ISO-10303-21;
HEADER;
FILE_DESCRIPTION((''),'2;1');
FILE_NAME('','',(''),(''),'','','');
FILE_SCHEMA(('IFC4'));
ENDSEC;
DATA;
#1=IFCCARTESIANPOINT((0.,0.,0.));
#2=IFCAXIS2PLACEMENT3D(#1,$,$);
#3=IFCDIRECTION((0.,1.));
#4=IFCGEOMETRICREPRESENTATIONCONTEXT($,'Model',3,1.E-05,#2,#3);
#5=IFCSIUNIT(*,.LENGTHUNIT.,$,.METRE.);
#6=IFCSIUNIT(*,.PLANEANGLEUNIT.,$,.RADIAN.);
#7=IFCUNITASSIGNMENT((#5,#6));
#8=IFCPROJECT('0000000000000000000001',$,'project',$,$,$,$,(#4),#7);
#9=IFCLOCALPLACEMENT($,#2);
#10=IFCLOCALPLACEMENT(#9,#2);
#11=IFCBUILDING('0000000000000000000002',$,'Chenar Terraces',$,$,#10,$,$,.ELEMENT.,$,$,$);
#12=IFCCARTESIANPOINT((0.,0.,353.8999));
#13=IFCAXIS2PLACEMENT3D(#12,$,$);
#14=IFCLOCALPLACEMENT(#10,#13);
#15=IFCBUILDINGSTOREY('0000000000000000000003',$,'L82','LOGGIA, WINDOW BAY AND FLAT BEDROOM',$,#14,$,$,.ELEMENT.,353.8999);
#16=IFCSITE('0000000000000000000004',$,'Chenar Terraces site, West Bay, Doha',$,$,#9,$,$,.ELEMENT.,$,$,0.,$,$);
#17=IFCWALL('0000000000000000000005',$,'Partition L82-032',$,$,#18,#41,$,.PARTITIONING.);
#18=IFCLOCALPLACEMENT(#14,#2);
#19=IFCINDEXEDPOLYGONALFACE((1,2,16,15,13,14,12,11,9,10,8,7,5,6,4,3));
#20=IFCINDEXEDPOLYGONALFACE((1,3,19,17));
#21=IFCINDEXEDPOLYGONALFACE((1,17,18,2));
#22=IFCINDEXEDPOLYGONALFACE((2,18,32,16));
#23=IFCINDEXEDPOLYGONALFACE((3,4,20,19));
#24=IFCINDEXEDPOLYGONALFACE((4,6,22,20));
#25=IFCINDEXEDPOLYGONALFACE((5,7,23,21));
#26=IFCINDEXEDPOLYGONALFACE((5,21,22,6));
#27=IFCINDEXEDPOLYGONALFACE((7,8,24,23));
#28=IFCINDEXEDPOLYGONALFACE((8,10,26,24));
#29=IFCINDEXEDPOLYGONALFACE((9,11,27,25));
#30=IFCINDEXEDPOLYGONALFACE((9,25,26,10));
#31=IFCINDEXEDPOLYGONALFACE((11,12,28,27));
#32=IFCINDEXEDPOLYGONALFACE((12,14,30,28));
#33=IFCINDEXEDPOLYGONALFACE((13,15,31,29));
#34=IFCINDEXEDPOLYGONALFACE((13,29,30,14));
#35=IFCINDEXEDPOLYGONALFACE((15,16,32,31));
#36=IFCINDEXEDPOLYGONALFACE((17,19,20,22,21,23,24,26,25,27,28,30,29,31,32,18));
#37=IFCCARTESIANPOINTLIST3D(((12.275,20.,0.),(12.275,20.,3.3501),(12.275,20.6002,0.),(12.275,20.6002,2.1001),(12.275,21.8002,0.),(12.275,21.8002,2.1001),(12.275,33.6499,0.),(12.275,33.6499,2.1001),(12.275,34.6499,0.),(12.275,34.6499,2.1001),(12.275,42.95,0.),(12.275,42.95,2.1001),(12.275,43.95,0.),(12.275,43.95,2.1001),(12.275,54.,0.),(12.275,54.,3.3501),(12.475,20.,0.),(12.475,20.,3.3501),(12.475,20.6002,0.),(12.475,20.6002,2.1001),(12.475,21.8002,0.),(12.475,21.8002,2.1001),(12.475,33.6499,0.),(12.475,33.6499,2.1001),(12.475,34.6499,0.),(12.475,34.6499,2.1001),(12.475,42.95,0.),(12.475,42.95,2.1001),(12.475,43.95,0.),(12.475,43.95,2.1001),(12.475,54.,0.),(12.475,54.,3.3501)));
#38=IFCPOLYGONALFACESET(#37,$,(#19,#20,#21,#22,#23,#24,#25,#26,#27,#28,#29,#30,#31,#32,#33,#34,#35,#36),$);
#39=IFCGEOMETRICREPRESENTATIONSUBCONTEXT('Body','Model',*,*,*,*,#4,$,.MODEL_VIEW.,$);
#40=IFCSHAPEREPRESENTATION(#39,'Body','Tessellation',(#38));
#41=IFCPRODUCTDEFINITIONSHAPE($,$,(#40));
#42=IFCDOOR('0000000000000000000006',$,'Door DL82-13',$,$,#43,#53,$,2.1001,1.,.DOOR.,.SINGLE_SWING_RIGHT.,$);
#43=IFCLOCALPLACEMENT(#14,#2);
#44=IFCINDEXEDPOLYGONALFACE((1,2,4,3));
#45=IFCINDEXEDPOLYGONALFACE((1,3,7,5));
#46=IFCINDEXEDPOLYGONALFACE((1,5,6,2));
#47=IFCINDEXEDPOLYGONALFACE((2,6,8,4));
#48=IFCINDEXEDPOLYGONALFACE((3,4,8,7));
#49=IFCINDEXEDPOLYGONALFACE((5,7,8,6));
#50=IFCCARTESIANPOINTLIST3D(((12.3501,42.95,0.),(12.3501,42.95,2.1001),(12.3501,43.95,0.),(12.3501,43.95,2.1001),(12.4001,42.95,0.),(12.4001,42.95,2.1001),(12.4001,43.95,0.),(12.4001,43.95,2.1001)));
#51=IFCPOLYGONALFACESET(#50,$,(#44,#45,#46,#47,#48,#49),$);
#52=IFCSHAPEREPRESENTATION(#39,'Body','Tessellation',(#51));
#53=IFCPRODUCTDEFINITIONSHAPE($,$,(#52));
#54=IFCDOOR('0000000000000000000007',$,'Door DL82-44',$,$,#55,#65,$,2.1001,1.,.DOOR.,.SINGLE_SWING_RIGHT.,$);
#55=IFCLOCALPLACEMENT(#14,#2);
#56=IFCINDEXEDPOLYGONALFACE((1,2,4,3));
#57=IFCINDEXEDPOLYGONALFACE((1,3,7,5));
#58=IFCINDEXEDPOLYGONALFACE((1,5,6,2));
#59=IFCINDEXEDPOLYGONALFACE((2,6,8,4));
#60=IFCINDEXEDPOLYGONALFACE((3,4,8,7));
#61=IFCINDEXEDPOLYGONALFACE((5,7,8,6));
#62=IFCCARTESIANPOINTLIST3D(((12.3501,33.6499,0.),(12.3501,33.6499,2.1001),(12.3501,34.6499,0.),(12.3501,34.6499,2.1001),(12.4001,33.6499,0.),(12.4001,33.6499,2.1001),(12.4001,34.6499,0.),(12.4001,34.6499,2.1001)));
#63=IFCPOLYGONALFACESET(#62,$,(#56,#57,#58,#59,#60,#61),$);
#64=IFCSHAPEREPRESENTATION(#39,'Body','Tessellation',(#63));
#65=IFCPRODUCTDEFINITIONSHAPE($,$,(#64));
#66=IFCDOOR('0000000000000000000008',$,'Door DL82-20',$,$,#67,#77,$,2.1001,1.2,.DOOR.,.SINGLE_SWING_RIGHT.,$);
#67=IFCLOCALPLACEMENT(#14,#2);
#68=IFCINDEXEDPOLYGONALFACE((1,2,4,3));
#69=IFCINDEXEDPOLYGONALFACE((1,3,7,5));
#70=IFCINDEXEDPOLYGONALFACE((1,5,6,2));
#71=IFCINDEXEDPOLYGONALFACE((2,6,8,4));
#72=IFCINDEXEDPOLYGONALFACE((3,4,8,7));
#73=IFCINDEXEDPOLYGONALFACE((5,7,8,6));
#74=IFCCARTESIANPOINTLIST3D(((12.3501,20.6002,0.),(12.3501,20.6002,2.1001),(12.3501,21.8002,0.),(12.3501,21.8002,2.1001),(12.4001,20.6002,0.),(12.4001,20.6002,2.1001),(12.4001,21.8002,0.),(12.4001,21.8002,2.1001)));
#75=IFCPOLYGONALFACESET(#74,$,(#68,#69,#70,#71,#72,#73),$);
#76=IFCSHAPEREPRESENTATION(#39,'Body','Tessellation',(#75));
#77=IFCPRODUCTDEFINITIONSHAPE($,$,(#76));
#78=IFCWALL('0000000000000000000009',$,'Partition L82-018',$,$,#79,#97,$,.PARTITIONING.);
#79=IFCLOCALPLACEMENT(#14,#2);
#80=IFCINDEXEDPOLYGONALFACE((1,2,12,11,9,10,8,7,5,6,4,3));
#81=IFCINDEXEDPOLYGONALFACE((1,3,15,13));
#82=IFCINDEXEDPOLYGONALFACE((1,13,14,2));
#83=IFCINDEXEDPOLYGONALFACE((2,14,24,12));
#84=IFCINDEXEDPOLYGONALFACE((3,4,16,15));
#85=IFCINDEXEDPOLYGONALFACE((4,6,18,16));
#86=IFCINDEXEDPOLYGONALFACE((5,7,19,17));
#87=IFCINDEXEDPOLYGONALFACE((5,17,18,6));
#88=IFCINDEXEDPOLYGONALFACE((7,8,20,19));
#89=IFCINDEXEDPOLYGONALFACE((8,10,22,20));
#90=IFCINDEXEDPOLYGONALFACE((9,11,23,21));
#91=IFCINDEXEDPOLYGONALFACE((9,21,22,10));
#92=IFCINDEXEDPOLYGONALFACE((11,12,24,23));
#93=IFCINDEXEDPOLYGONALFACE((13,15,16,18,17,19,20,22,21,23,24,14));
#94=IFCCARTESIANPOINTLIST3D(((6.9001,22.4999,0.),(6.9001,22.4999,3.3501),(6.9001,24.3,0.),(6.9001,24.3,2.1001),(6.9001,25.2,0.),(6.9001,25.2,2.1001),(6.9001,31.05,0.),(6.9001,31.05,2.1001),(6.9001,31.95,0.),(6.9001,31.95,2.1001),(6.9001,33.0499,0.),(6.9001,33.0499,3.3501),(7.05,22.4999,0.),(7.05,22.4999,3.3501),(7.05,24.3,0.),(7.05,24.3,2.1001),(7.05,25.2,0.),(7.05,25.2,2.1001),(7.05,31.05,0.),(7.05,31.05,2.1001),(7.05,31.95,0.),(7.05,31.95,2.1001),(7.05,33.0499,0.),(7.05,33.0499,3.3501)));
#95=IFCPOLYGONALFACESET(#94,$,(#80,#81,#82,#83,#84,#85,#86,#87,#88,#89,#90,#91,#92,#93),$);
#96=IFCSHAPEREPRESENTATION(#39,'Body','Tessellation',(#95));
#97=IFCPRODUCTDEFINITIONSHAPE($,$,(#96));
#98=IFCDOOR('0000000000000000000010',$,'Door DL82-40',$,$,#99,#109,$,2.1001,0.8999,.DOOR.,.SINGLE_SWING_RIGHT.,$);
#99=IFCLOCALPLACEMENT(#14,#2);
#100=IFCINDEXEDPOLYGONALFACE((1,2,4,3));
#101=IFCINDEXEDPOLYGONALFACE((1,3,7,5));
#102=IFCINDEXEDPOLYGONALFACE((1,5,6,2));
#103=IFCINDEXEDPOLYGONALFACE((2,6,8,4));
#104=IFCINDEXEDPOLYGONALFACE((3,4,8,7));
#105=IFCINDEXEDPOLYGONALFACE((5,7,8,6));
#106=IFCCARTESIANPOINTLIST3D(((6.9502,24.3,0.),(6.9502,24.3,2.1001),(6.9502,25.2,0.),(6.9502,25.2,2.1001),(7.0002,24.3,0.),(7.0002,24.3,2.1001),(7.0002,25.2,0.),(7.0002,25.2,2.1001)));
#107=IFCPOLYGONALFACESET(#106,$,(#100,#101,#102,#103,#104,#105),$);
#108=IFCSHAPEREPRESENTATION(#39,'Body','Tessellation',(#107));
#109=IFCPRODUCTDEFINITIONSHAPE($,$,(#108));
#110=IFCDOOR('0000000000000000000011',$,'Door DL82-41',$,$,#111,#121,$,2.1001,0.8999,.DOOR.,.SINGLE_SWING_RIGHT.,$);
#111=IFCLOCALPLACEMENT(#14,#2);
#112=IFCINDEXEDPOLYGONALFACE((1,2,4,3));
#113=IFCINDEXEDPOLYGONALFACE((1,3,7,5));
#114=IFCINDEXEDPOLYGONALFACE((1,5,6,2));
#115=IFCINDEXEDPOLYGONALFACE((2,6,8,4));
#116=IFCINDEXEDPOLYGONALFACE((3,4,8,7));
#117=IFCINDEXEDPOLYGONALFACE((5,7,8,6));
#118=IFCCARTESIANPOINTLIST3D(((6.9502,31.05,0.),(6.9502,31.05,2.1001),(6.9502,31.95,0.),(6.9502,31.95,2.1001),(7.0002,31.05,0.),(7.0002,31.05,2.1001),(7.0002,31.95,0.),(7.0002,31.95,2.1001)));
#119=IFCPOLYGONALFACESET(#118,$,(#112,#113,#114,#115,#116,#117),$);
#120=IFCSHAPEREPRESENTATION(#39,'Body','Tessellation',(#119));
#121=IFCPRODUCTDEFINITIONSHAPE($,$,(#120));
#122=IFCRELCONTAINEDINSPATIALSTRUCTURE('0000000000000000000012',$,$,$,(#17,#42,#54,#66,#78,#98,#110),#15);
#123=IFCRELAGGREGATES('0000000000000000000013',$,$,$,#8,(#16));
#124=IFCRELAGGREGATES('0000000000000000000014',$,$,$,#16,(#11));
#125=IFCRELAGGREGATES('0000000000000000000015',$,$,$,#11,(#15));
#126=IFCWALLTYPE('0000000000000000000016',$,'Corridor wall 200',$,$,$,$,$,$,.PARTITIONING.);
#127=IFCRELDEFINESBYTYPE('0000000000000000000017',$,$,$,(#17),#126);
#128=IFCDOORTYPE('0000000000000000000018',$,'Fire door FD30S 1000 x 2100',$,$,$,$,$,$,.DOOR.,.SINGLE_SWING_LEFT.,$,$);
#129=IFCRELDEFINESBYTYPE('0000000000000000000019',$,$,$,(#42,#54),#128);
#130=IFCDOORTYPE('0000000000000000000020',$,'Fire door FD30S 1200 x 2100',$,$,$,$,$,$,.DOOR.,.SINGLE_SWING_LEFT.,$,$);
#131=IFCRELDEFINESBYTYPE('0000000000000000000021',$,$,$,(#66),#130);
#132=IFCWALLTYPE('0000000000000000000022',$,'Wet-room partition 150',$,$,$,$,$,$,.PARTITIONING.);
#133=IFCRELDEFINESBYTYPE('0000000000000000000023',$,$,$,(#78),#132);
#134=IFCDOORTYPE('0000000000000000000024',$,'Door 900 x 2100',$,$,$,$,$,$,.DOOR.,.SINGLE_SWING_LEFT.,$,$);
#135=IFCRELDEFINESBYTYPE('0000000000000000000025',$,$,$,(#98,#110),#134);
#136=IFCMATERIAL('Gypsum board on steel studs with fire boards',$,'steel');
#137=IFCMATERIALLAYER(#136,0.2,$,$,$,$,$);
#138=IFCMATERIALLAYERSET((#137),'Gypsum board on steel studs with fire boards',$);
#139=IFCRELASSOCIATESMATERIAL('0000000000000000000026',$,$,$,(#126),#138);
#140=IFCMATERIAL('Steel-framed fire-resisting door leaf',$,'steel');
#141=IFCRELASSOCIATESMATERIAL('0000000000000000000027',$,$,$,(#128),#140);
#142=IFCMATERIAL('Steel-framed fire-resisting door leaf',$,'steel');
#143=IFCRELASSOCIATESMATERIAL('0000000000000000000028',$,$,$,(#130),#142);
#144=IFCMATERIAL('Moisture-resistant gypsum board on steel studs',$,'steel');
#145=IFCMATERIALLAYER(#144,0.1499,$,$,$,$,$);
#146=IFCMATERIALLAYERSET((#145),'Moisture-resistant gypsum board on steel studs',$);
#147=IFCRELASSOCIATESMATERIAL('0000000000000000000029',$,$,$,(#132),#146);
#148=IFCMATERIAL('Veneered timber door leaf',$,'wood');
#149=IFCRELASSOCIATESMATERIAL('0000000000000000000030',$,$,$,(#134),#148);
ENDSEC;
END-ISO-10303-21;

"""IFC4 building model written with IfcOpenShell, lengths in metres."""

from ifc_helpers import new_model, si_unit, direction, frame, frame_2d, origin, place, context, subcontext, project, spatial, rectangle, extrude, material, layer, layer_set, type_object, element, fill, save


model = new_model("IFC4")

# Units and contexts
model_context = context("Model", 3, precision=1e-05, world=origin(), true_north=direction((0.0, 1.0)))
body_context = subcontext(model_context, "Body", "Model", "MODEL_VIEW")
ifc_project = project(units=[si_unit("LENGTHUNIT", "METRE"), si_unit("PLANEANGLEUNIT", "RADIAN")], contexts=[model_context])

# Site, building, storey
site_placement = place(None, origin())
site = spatial("IfcSite", under=ifc_project, at=site_placement, Name="Chenar Terraces site, West Bay, Doha", CompositionType="ELEMENT", RefElevation=0.0)
building_placement = place(site_placement, origin())
building = spatial("IfcBuilding", under=site, at=building_placement, Name="Chenar Terraces", CompositionType="ELEMENT")
storey_placement = place(building_placement, frame((0.0, 0.0, 353.8999)))
storey = spatial("IfcBuildingStorey", under=building, at=storey_placement, Name="L82", Description="LOGGIA, WINDOW BAY AND FLAT BEDROOM", CompositionType="ELEMENT", Elevation=353.8999)

# Walls, openings, doors
ifc_material_1 = material(Name="Gypsum board on steel studs with fire boards", Category="steel")
ifc_layer_1 = layer(ifc_material_1, 0.2)
ifc_layer_set_1 = layer_set([ifc_layer_1], Name="Gypsum board on steel studs with fire boards")
wall_type_1 = type_object("IfcWallType", Name="Corridor wall 200", PredefinedType="PARTITIONING", material=ifc_layer_set_1)
wall_1_placement = place(storey_placement, frame((12.375, 20.0, 0.0), z_axis=(0.0, 0.0, 1.0), x_axis=(0.0, 1.0, 0.0)))
wall_1 = element("IfcWall", 1, at=wall_1_placement, inside=storey, type_object=wall_type_1, Name="Partition L82-032", PredefinedType="PARTITIONING", context=body_context, shape_type="SweptSolid", body=[
    extrude(rectangle(XDim=34.0, YDim=0.2, at=frame_2d((17.0, 0.0))), origin(), (0.0, 0.0, 1.0), 3.3501),
])
opening_1_placement = place(wall_1_placement, frame((22.95, 0.0, 0.0)))
opening_1 = element("IfcOpeningElement", 2, at=opening_1_placement, cuts=wall_1, PredefinedType="OPENING", context=body_context, shape_type="SweptSolid", body=[
    extrude(rectangle(XDim=1.0, YDim=2.1001, at=frame_2d((0.5, 1.05))), frame((0.0, 0.1099, 0.0), z_axis=(0.0, -1.0, 0.0), x_axis=(1.0, 0.0, 0.0)), (0.0, 0.0, 1.0), 0.22),
])
opening_2_placement = place(wall_1_placement, frame((0.6001, 0.0, 0.0)))
opening_2 = element("IfcOpeningElement", 3, at=opening_2_placement, cuts=wall_1, PredefinedType="OPENING", context=body_context, shape_type="SweptSolid", body=[
    extrude(rectangle(XDim=1.2, YDim=2.1001, at=frame_2d((0.6001, 1.05))), frame((0.0, 0.1099, 0.0), z_axis=(0.0, -1.0, 0.0), x_axis=(1.0, 0.0, 0.0)), (0.0, 0.0, 1.0), 0.22),
])
opening_3_placement = place(wall_1_placement, frame((13.6499, 0.0, 0.0)))
opening_3 = element("IfcOpeningElement", 4, at=opening_3_placement, cuts=wall_1, PredefinedType="OPENING", context=body_context, shape_type="SweptSolid", body=[
    extrude(rectangle(XDim=1.0, YDim=2.1001, at=frame_2d((0.5, 1.05))), frame((0.0, 0.1099, 0.0), z_axis=(0.0, -1.0, 0.0), x_axis=(1.0, 0.0, 0.0)), (0.0, 0.0, 1.0), 0.22),
])
ifc_material_2 = material(Name="Steel-framed fire-resisting door leaf", Category="steel")
door_type_1 = type_object("IfcDoorType", Name="Fire door FD30S 1000 x 2100", OperationType="SINGLE_SWING_LEFT", PredefinedType="DOOR", material=ifc_material_2)
door_1_placement = place(opening_1_placement, origin())
door_1 = element("IfcDoor", 5, at=door_1_placement, inside=storey, type_object=door_type_1, Name="Door DL82-13", OperationType="SINGLE_SWING_RIGHT", OverallHeight=2.1001, OverallWidth=1.0, PredefinedType="DOOR", context=body_context, shape_type="SweptSolid", body=[
    extrude(rectangle(XDim=1.0, YDim=2.1001, at=frame_2d((0.5, 1.05))), frame((0.0, 0.0249, 0.0), z_axis=(0.0, -1.0, 0.0), x_axis=(1.0, 0.0, 0.0)), (0.0, 0.0, 1.0), 0.05),
])
fill(opening_1, door_1)
door_2_placement = place(opening_3_placement, origin())
door_2 = element("IfcDoor", 6, at=door_2_placement, inside=storey, type_object=door_type_1, Name="Door DL82-44", OperationType="SINGLE_SWING_RIGHT", OverallHeight=2.1001, OverallWidth=1.0, PredefinedType="DOOR", context=body_context, shape_type="SweptSolid", body=[
    extrude(rectangle(XDim=1.0, YDim=2.1001, at=frame_2d((0.5, 1.05))), frame((0.0, 0.0249, 0.0), z_axis=(0.0, -1.0, 0.0), x_axis=(1.0, 0.0, 0.0)), (0.0, 0.0, 1.0), 0.05),
])
fill(opening_3, door_2)
ifc_material_3 = material(Name="Steel-framed fire-resisting door leaf", Category="steel")
door_type_2 = type_object("IfcDoorType", Name="Fire door FD30S 1200 x 2100", OperationType="SINGLE_SWING_LEFT", PredefinedType="DOOR", material=ifc_material_3)
door_3_placement = place(opening_2_placement, origin())
door_3 = element("IfcDoor", 7, at=door_3_placement, inside=storey, type_object=door_type_2, Name="Door DL82-20", OperationType="SINGLE_SWING_RIGHT", OverallHeight=2.1001, OverallWidth=1.2, PredefinedType="DOOR", context=body_context, shape_type="SweptSolid", body=[
    extrude(rectangle(XDim=1.2, YDim=2.1001, at=frame_2d((0.6001, 1.05))), frame((0.0, 0.0249, 0.0), z_axis=(0.0, -1.0, 0.0), x_axis=(1.0, 0.0, 0.0)), (0.0, 0.0, 1.0), 0.05),
])
fill(opening_2, door_3)
ifc_material_4 = material(Name="Moisture-resistant gypsum board on steel studs", Category="steel")
ifc_layer_2 = layer(ifc_material_4, 0.1499)
ifc_layer_set_2 = layer_set([ifc_layer_2], Name="Moisture-resistant gypsum board on steel studs")
wall_type_2 = type_object("IfcWallType", Name="Wet-room partition 150", PredefinedType="PARTITIONING", material=ifc_layer_set_2)
wall_2_placement = place(storey_placement, frame((6.9751, 22.5, 0.0), z_axis=(0.0, 0.0, 1.0), x_axis=(0.0, 1.0, 0.0)))
wall_2 = element("IfcWall", 8, at=wall_2_placement, inside=storey, type_object=wall_type_2, Name="Partition L82-018", PredefinedType="PARTITIONING", context=body_context, shape_type="SweptSolid", body=[
    extrude(rectangle(XDim=10.55, YDim=0.1499, at=frame_2d((5.2749, 0.0))), origin(), (0.0, 0.0, 1.0), 3.3501),
])
opening_4_placement = place(wall_2_placement, frame((1.8, 0.0, 0.0)))
opening_4 = element("IfcOpeningElement", 9, at=opening_4_placement, cuts=wall_2, PredefinedType="OPENING", context=body_context, shape_type="SweptSolid", body=[
    extrude(rectangle(XDim=0.8999, YDim=2.1001, at=frame_2d((0.45, 1.05))), frame((0.0, 0.085, 0.0), z_axis=(0.0, -1.0, 0.0), x_axis=(1.0, 0.0, 0.0)), (0.0, 0.0, 1.0), 0.1699),
])
opening_5_placement = place(wall_2_placement, frame((8.55, 0.0, 0.0)))
opening_5 = element("IfcOpeningElement", 10, at=opening_5_placement, cuts=wall_2, PredefinedType="OPENING", context=body_context, shape_type="SweptSolid", body=[
    extrude(rectangle(XDim=0.8999, YDim=2.1001, at=frame_2d((0.45, 1.05))), frame((0.0, 0.085, 0.0), z_axis=(0.0, -1.0, 0.0), x_axis=(1.0, 0.0, 0.0)), (0.0, 0.0, 1.0), 0.1699),
])
ifc_material_5 = material(Name="Veneered timber door leaf", Category="wood")
door_type_3 = type_object("IfcDoorType", Name="Door 900 x 2100", OperationType="SINGLE_SWING_LEFT", PredefinedType="DOOR", material=ifc_material_5)
door_4_placement = place(opening_4_placement, origin())
door_4 = element("IfcDoor", 11, at=door_4_placement, inside=storey, type_object=door_type_3, Name="Door DL82-40", OperationType="SINGLE_SWING_RIGHT", OverallHeight=2.1001, OverallWidth=0.8999, PredefinedType="DOOR", context=body_context, shape_type="SweptSolid", body=[
    extrude(rectangle(XDim=0.8999, YDim=2.1001, at=frame_2d((0.45, 1.05))), frame((0.0, 0.0249, 0.0), z_axis=(0.0, -1.0, 0.0), x_axis=(1.0, 0.0, 0.0)), (0.0, 0.0, 1.0), 0.05),
])
fill(opening_4, door_4)
door_5_placement = place(opening_5_placement, origin())
door_5 = element("IfcDoor", 12, at=door_5_placement, inside=storey, type_object=door_type_3, Name="Door DL82-41", OperationType="SINGLE_SWING_RIGHT", OverallHeight=2.1001, OverallWidth=0.8999, PredefinedType="DOOR", context=body_context, shape_type="SweptSolid", body=[
    extrude(rectangle(XDim=0.8999, YDim=2.1001, at=frame_2d((0.45, 1.05))), frame((0.0, 0.0249, 0.0), z_axis=(0.0, -1.0, 0.0), x_axis=(1.0, 0.0, 0.0)), (0.0, 0.0, 1.0), 0.05),
])
fill(opening_5, door_5)

save(model, "model.ifc")
